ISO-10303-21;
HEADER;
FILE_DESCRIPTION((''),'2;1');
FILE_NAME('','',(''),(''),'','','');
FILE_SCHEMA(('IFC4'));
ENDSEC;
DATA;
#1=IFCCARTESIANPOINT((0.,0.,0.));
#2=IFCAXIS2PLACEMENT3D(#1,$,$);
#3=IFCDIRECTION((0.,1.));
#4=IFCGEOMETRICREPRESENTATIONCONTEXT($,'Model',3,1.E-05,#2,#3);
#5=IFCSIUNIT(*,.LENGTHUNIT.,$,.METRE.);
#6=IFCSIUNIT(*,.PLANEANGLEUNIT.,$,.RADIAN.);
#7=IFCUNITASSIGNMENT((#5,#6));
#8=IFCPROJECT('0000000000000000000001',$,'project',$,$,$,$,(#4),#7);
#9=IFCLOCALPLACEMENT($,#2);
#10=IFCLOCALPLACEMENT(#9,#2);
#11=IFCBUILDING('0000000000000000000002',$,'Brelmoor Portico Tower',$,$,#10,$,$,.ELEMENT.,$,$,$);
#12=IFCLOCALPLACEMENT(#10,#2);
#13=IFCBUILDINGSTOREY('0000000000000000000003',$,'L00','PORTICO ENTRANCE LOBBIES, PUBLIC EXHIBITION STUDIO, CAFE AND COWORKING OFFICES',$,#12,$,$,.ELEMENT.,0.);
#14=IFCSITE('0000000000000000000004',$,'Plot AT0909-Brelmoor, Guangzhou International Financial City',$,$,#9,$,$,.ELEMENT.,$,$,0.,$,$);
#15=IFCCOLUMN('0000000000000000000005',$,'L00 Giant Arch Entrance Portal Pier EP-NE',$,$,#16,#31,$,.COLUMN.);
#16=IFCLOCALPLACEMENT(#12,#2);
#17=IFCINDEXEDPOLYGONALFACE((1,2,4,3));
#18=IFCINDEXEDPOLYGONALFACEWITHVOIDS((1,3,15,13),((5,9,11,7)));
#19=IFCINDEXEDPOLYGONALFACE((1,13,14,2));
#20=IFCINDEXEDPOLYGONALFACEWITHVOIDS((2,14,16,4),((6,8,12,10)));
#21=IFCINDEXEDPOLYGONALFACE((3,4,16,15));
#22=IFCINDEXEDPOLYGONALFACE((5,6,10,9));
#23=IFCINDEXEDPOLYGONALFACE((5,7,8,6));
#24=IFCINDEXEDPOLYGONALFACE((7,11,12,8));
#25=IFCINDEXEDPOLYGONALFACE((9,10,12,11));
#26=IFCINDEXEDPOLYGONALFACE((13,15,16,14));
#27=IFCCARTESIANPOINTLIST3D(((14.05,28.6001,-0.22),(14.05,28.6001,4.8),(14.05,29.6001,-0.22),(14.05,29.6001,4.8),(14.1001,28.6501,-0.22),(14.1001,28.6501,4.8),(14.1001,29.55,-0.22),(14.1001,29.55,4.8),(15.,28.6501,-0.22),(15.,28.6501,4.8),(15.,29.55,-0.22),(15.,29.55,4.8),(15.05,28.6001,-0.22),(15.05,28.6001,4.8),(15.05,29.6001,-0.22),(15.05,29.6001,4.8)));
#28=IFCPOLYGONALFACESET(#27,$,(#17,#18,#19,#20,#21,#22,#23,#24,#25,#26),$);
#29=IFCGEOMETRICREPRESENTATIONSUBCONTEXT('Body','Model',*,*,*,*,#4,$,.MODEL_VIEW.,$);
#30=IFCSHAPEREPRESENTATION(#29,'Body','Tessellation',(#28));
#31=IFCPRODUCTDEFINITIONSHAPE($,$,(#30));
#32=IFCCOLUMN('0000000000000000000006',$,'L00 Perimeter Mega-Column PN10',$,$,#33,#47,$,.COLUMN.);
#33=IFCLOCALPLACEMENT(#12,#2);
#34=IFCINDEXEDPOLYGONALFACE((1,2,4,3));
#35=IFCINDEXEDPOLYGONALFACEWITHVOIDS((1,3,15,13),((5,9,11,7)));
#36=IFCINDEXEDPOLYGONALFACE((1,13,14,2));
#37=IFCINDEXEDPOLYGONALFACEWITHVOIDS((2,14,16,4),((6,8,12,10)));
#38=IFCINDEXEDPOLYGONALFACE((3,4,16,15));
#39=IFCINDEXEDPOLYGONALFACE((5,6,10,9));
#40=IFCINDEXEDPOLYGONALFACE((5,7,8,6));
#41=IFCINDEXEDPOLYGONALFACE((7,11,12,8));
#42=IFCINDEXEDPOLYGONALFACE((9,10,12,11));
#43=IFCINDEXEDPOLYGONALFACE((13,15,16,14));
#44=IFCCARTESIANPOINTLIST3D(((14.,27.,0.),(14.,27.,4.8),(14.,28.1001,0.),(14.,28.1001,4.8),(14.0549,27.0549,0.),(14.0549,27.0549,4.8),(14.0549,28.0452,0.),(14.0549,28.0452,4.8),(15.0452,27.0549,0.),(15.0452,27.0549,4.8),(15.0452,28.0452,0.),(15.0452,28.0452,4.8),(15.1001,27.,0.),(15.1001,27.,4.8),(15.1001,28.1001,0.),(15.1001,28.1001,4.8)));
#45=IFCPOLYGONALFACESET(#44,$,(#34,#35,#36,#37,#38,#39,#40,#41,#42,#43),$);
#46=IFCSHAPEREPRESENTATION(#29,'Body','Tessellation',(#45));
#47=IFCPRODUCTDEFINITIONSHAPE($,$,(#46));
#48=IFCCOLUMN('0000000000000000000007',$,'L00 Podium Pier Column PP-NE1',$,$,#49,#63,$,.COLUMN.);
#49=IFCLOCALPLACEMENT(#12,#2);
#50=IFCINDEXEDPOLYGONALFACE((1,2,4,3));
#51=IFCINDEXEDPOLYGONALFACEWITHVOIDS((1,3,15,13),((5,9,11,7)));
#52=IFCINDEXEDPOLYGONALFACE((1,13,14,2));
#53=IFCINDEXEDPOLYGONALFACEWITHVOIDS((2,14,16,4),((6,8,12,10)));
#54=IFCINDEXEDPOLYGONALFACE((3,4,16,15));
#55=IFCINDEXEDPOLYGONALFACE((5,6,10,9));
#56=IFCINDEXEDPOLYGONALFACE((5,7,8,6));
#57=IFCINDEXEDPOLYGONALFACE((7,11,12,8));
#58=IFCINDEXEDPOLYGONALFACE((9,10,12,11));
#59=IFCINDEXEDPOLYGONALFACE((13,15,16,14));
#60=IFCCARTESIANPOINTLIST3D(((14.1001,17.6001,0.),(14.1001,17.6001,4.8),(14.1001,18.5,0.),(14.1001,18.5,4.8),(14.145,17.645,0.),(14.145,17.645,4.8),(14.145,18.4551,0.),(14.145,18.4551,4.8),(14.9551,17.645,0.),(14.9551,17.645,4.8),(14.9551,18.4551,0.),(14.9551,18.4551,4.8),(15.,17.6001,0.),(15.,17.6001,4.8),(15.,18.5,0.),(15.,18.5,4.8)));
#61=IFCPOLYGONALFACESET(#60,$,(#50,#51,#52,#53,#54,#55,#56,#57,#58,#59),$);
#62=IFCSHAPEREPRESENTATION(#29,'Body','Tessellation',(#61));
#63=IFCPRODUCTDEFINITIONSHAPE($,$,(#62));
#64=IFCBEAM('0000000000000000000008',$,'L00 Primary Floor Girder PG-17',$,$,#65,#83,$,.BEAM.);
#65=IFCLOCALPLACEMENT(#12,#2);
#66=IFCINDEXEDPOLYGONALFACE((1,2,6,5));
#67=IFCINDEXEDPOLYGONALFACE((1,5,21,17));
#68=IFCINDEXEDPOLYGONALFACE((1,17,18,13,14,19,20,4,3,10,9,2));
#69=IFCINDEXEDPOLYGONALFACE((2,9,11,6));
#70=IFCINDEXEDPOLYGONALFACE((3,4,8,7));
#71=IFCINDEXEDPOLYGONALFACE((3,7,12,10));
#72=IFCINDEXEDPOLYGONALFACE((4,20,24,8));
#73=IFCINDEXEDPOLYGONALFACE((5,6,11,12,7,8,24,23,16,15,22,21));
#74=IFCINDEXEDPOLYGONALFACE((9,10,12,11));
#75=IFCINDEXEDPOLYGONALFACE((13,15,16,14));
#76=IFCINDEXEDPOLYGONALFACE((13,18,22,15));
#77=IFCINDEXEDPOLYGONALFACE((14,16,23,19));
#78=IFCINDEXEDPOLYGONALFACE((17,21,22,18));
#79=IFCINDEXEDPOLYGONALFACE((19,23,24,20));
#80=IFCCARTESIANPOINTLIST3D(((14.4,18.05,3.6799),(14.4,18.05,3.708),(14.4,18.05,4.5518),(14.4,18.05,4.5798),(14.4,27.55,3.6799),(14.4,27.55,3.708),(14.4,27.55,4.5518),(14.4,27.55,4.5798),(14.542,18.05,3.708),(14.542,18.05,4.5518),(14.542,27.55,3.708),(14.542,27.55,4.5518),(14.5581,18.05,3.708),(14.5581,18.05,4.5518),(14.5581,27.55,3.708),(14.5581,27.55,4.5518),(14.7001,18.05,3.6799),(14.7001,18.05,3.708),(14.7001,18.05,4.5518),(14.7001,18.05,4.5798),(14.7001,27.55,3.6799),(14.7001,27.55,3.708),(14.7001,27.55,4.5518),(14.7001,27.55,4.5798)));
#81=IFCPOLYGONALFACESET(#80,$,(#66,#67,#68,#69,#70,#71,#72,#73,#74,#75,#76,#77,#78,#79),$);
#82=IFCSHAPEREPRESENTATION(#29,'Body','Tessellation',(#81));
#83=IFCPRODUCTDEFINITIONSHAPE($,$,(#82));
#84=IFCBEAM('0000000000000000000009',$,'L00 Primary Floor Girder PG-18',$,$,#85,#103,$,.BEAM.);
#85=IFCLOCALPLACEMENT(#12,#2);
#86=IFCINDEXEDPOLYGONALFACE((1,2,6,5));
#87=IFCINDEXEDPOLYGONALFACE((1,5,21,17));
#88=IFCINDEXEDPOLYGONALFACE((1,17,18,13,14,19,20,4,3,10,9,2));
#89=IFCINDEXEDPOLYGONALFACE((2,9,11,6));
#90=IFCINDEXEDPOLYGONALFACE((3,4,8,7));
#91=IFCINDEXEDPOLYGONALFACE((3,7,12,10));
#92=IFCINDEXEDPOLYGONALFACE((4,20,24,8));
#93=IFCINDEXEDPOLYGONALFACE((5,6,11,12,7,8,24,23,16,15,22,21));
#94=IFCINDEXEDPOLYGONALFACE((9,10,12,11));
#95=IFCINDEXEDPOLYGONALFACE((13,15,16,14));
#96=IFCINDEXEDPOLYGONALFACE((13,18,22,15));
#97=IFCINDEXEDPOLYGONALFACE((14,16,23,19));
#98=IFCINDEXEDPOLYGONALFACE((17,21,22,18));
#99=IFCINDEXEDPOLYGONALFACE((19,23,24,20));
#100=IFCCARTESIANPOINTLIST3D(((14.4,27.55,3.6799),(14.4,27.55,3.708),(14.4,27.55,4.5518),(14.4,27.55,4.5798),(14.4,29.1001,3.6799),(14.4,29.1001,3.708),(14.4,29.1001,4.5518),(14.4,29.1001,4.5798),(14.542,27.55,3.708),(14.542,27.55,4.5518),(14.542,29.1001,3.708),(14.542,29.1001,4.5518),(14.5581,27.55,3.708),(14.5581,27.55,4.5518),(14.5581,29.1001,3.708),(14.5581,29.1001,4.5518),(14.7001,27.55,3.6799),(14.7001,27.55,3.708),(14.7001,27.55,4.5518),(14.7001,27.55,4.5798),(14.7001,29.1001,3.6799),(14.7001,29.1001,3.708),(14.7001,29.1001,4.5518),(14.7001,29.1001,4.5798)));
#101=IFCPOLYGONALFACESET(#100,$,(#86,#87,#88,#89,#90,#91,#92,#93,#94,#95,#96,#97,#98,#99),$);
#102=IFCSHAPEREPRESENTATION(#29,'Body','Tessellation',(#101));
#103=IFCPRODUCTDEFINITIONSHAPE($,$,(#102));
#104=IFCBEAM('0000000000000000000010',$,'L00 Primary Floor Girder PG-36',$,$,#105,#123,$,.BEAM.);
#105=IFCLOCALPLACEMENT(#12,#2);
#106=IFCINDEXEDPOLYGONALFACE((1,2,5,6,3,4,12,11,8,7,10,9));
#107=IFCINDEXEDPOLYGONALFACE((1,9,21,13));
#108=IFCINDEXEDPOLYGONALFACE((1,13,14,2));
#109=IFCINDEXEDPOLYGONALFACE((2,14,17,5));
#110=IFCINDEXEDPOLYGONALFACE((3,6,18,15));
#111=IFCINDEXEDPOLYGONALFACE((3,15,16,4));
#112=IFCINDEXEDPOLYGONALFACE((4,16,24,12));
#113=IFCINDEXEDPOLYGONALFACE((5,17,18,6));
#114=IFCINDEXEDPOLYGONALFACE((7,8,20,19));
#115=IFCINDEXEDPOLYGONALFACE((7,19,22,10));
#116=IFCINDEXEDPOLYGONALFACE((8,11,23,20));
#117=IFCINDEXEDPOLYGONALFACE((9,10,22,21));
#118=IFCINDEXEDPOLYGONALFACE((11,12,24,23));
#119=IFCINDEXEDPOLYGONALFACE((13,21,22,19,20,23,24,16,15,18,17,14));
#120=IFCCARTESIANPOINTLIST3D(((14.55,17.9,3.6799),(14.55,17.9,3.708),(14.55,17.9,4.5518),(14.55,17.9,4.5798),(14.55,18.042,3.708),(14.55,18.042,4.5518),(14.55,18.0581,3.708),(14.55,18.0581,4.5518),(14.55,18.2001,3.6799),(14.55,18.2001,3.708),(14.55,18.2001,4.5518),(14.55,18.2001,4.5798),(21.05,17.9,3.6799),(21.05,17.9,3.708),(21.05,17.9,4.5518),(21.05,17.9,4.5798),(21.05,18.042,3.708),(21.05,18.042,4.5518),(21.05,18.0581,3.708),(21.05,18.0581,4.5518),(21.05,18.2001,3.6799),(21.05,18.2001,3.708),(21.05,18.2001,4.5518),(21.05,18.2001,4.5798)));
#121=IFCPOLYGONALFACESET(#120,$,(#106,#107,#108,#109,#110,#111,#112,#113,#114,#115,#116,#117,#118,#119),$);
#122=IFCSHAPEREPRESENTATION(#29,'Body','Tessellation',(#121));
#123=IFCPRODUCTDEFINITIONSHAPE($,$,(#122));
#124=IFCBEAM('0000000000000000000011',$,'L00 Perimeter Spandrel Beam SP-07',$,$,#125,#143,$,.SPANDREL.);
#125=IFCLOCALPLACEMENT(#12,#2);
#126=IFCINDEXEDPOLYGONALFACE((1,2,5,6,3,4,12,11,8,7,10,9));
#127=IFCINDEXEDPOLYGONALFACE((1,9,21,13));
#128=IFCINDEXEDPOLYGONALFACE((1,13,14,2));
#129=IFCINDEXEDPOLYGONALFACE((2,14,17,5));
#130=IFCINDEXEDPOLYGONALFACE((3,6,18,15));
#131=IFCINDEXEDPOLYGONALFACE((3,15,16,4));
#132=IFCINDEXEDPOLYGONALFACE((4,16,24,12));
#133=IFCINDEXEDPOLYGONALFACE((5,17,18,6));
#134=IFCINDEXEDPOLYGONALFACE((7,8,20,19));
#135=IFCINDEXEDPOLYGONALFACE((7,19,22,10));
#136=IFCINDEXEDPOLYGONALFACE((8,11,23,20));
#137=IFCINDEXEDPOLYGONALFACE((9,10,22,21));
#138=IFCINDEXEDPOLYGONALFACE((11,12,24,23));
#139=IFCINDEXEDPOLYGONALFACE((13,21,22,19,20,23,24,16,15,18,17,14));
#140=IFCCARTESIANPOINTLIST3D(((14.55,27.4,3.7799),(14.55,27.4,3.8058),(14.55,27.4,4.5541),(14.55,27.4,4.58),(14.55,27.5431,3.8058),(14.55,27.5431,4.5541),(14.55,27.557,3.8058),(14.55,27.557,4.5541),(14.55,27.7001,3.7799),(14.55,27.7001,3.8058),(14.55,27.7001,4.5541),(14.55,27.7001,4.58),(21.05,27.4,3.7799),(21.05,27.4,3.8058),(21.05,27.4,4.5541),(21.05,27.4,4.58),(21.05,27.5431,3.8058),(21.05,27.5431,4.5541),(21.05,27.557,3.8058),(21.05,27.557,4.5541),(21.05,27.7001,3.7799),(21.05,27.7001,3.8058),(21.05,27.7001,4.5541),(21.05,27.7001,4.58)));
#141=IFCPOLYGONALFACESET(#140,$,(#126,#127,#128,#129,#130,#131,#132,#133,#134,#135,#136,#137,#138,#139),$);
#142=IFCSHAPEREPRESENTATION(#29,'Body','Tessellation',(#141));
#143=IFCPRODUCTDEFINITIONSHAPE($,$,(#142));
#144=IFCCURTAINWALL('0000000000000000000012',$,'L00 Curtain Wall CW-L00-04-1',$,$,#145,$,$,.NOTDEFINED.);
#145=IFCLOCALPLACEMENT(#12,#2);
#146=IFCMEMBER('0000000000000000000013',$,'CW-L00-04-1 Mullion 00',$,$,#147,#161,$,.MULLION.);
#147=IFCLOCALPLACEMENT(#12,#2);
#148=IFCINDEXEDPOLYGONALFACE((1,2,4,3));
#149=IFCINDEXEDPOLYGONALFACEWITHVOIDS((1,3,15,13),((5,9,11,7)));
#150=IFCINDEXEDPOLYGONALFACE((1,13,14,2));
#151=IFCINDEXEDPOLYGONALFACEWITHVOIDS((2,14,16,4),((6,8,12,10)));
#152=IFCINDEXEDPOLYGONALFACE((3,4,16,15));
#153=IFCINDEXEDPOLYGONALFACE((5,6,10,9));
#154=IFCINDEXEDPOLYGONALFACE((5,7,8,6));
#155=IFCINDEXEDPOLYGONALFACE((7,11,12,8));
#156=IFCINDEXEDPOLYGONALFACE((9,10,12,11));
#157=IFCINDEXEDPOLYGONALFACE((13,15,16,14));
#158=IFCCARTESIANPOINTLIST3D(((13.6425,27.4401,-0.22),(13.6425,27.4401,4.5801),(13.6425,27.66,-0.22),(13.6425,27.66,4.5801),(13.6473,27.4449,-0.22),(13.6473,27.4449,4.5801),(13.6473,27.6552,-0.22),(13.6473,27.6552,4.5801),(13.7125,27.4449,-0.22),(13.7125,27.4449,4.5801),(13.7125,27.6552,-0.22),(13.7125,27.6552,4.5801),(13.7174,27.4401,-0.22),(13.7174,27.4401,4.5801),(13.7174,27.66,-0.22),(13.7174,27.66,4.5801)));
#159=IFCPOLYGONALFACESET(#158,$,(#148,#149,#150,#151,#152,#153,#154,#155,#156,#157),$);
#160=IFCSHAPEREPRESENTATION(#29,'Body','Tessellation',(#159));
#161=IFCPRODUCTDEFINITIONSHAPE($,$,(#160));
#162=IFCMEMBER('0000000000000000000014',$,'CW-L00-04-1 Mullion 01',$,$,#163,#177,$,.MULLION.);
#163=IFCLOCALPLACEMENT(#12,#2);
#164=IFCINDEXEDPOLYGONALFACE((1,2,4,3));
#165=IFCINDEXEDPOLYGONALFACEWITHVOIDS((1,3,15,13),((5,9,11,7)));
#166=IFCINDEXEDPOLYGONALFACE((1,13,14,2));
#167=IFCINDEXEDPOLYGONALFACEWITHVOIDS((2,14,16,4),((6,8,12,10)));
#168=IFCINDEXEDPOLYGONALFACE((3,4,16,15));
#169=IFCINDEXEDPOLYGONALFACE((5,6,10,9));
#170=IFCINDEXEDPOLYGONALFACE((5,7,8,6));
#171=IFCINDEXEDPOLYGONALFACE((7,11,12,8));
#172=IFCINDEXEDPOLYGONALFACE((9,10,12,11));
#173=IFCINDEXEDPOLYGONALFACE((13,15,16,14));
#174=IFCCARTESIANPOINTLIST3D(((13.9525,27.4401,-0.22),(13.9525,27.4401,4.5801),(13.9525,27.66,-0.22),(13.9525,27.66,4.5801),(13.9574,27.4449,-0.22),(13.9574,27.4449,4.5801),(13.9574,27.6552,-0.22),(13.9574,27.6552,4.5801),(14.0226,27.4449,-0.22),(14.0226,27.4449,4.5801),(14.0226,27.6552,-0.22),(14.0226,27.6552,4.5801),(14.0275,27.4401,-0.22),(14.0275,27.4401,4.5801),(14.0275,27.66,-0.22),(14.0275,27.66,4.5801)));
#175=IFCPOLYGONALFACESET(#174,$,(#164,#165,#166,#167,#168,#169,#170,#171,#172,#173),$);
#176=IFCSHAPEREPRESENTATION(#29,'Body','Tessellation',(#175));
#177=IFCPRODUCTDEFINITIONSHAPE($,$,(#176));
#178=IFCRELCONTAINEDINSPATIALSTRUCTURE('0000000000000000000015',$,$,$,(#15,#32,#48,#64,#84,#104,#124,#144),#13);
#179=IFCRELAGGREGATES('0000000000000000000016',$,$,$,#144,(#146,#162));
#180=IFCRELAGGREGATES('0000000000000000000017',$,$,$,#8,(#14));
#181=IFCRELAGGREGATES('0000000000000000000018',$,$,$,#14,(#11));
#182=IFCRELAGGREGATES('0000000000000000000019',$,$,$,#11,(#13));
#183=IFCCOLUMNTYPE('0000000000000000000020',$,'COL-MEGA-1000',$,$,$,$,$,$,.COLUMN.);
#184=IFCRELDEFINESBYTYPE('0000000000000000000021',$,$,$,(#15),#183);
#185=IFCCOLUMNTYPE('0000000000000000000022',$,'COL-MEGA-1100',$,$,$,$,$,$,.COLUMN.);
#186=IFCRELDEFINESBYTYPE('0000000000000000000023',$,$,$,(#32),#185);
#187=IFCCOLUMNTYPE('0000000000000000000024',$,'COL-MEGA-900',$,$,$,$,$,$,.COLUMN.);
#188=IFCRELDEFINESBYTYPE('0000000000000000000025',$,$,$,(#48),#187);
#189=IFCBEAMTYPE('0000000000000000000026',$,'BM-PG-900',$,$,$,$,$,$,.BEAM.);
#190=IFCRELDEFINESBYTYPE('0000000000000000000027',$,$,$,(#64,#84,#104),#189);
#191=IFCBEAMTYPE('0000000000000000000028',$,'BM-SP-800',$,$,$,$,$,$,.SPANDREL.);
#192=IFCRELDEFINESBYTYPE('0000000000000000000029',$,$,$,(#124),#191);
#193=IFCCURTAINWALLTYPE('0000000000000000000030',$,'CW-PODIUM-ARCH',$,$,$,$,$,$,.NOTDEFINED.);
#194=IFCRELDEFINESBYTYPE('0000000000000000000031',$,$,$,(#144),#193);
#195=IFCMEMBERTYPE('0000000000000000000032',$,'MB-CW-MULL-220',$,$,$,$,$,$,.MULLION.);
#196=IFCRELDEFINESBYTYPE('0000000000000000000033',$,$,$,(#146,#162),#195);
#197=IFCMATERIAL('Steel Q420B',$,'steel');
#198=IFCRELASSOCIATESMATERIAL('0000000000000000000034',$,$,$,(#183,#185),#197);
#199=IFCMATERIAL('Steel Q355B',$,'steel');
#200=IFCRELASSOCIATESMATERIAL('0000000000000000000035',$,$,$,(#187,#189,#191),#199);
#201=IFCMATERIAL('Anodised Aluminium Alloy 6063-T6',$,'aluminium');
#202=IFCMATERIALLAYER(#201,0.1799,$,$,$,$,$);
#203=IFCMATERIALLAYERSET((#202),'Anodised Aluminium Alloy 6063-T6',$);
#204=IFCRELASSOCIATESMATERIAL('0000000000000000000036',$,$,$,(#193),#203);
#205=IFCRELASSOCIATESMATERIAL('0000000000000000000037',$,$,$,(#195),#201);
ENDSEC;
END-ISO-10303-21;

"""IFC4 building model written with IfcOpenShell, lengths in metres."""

from ifc_helpers import new_model, si_unit, direction, frame, origin, origin_2d, place, context, subcontext, project, spatial, hollow_rectangle, i_section, extrude, material, layer, layer_set, material_profile, profile_set, type_object, element, aggregate, save


model = new_model("IFC4")

# Units and contexts
model_context = context("Model", 3, precision=1e-05, world=origin(), true_north=direction((0.0, 1.0)))
body_context = subcontext(model_context, "Body", "Model", "MODEL_VIEW")
ifc_project = project(units=[si_unit("LENGTHUNIT", "METRE"), si_unit("PLANEANGLEUNIT", "RADIAN")], contexts=[model_context])

# Site, building, storey
site_placement = place(None, origin())
site = spatial("IfcSite", under=ifc_project, at=site_placement, Name="Plot AT0909-Brelmoor, Guangzhou International Financial City", CompositionType="ELEMENT", RefElevation=0.0)
building_placement = place(site_placement, origin())
building = spatial("IfcBuilding", under=site, at=building_placement, Name="Brelmoor Portico Tower", CompositionType="ELEMENT")
storey_placement = place(building_placement, origin())
storey = spatial("IfcBuildingStorey", under=building, at=storey_placement, Name="L00", Description="PORTICO ENTRANCE LOBBIES, PUBLIC EXHIBITION STUDIO, CAFE AND COWORKING OFFICES", CompositionType="ELEMENT", Elevation=0.0)

# Columns
ifc_material_1 = material(Name="Steel Q420B", Category="steel")
ifc_material_profile_1 = material_profile(ifc_material_1, hollow_rectangle(XDim=1.0, YDim=1.0, WallThickness=0.05, at=origin_2d()), Name="BOX 1000x1000x50")
ifc_profile_set_1 = profile_set([ifc_material_profile_1], Name="Steel Q420B")
column_type_1 = type_object("IfcColumnType", Name="COL-MEGA-1000", PredefinedType="COLUMN", material=ifc_profile_set_1)
column_1_placement = place(storey_placement, frame((14.55, 29.1001, -0.22), z_axis=(0.0, 0.0, 1.0), x_axis=(1.0, 0.0, 0.0)))
element("IfcColumn", 1, at=column_1_placement, inside=storey, type_object=column_type_1, Name="L00 Giant Arch Entrance Portal Pier EP-NE", PredefinedType="COLUMN", context=body_context, shape_type="SweptSolid", body=[
    extrude(hollow_rectangle(XDim=1.0, YDim=1.0, WallThickness=0.05, at=origin_2d()), origin(), (0.0, 0.0, 1.0), 5.02),
])
ifc_material_profile_2 = material_profile(ifc_material_1, hollow_rectangle(XDim=1.1001, YDim=1.1001, WallThickness=0.0549, at=origin_2d()), Name="BOX 1100x1100x55")
ifc_profile_set_2 = profile_set([ifc_material_profile_2], Name="Steel Q420B")
column_type_2 = type_object("IfcColumnType", Name="COL-MEGA-1100", PredefinedType="COLUMN", material=ifc_profile_set_2)
column_2_placement = place(storey_placement, frame((14.55, 27.55, 0.0), z_axis=(0.0, 0.0, 1.0), x_axis=(1.0, 0.0, 0.0)))
element("IfcColumn", 2, at=column_2_placement, inside=storey, type_object=column_type_2, Name="L00 Perimeter Mega-Column PN10", PredefinedType="COLUMN", context=body_context, shape_type="SweptSolid", body=[
    extrude(hollow_rectangle(XDim=1.1001, YDim=1.1001, WallThickness=0.0549, at=origin_2d()), origin(), (0.0, 0.0, 1.0), 4.8),
])
ifc_material_2 = material(Name="Steel Q355B", Category="steel")
ifc_material_profile_3 = material_profile(ifc_material_2, hollow_rectangle(XDim=0.8999, YDim=0.8999, WallThickness=0.0449, at=origin_2d()), Name="BOX 900x900x45")
ifc_profile_set_3 = profile_set([ifc_material_profile_3], Name="Steel Q355B")
column_type_3 = type_object("IfcColumnType", Name="COL-MEGA-900", PredefinedType="COLUMN", material=ifc_profile_set_3)
column_3_placement = place(storey_placement, frame((14.55, 18.05, 0.0), z_axis=(0.0, 0.0, 1.0), x_axis=(1.0, 0.0, 0.0)))
element("IfcColumn", 3, at=column_3_placement, inside=storey, type_object=column_type_3, Name="L00 Podium Pier Column PP-NE1", PredefinedType="COLUMN", context=body_context, shape_type="SweptSolid", body=[
    extrude(hollow_rectangle(XDim=0.8999, YDim=0.8999, WallThickness=0.0449, at=origin_2d()), origin(), (0.0, 0.0, 1.0), 4.8),
])

# Beams
ifc_material_profile_4 = material_profile(ifc_material_2, i_section(OverallWidth=0.3, OverallDepth=0.8999, WebThickness=0.0161, FlangeThickness=0.0281, at=origin_2d()), Name="HN 900x300x16x28")
ifc_profile_set_4 = profile_set([ifc_material_profile_4], Name="Steel Q355B")
beam_type_1 = type_object("IfcBeamType", Name="BM-PG-900", PredefinedType="BEAM", material=ifc_profile_set_4)
beam_1_placement = place(storey_placement, frame((14.55, 18.05, 4.1299), z_axis=(0.0, 1.0, 0.0), x_axis=(-1.0, 0.0, 0.0)))
element("IfcBeam", 4, at=beam_1_placement, inside=storey, type_object=beam_type_1, Name="L00 Primary Floor Girder PG-17", PredefinedType="BEAM", context=body_context, shape_type="SweptSolid", body=[
    extrude(i_section(OverallWidth=0.3, OverallDepth=0.8999, WebThickness=0.0161, FlangeThickness=0.0281, at=origin_2d()), origin(), (0.0, 0.0, 1.0), 9.5),
])
beam_2_placement = place(storey_placement, frame((14.55, 27.55, 4.1299), z_axis=(0.0, 1.0, 0.0), x_axis=(-1.0, 0.0, 0.0)))
element("IfcBeam", 5, at=beam_2_placement, inside=storey, type_object=beam_type_1, Name="L00 Primary Floor Girder PG-18", PredefinedType="BEAM", context=body_context, shape_type="SweptSolid", body=[
    extrude(i_section(OverallWidth=0.3, OverallDepth=0.8999, WebThickness=0.0161, FlangeThickness=0.0281, at=origin_2d()), origin(), (0.0, 0.0, 1.0), 1.55),
])
beam_3_placement = place(storey_placement, frame((14.55, 18.05, 4.1299), z_axis=(1.0, 0.0, 0.0), x_axis=(0.0, 1.0, 0.0)))
element("IfcBeam", 6, at=beam_3_placement, inside=storey, type_object=beam_type_1, Name="L00 Primary Floor Girder PG-36", PredefinedType="BEAM", context=body_context, shape_type="SweptSolid", body=[
    extrude(i_section(OverallWidth=0.3, OverallDepth=0.8999, WebThickness=0.0161, FlangeThickness=0.0281, at=origin_2d()), origin(), (0.0, 0.0, 1.0), 6.5),
])
ifc_material_profile_5 = material_profile(ifc_material_2, i_section(OverallWidth=0.3, OverallDepth=0.8, WebThickness=0.0139, FlangeThickness=0.0259, at=origin_2d()), Name="HN 800x300x14x26")
ifc_profile_set_5 = profile_set([ifc_material_profile_5], Name="Steel Q355B")
beam_type_2 = type_object("IfcBeamType", Name="BM-SP-800", PredefinedType="SPANDREL", material=ifc_profile_set_5)
beam_4_placement = place(storey_placement, frame((14.55, 27.55, 4.1799), z_axis=(1.0, 0.0, 0.0), x_axis=(0.0, 1.0, 0.0)))
element("IfcBeam", 7, at=beam_4_placement, inside=storey, type_object=beam_type_2, Name="L00 Perimeter Spandrel Beam SP-07", PredefinedType="SPANDREL", context=body_context, shape_type="SweptSolid", body=[
    extrude(i_section(OverallWidth=0.3, OverallDepth=0.8, WebThickness=0.0139, FlangeThickness=0.0259, at=origin_2d()), origin(), (0.0, 0.0, 1.0), 6.5),
])

# Curtain wall, members
ifc_material_3 = material(Name="Anodised Aluminium Alloy 6063-T6", Category="aluminium")
ifc_layer_1 = layer(ifc_material_3, 0.1799)
ifc_layer_set_1 = layer_set([ifc_layer_1], Name="Anodised Aluminium Alloy 6063-T6")
curtain_wall_type = type_object("IfcCurtainWallType", Name="CW-PODIUM-ARCH", PredefinedType="NOTDEFINED", material=ifc_layer_set_1)
curtain_wall_1_placement = place(storey_placement, origin())
curtain_wall_1 = element("IfcCurtainWall", 8, at=curtain_wall_1_placement, inside=storey, type_object=curtain_wall_type, Name="L00 Curtain Wall CW-L00-04-1", PredefinedType="NOTDEFINED")
ifc_material_profile_6 = material_profile(ifc_material_3, hollow_rectangle(XDim=0.075, YDim=0.22, WallThickness=0.0049, at=origin_2d()), Name="ALU MULLION 75x220")
ifc_profile_set_6 = profile_set([ifc_material_profile_6], Name="Anodised Aluminium Alloy 6063-T6")
member_type_1 = type_object("IfcMemberType", Name="MB-CW-MULL-220", PredefinedType="MULLION", material=ifc_profile_set_6)
member_1_placement = place(storey_placement, frame((13.6799, 27.55, -0.22), z_axis=(0.0, 0.0, 1.0), x_axis=(1.0, 0.0, 0.0)))
member_1 = element("IfcMember", 9, at=member_1_placement, type_object=member_type_1, Name="CW-L00-04-1 Mullion 00", PredefinedType="MULLION", context=body_context, shape_type="SweptSolid", body=[
    extrude(hollow_rectangle(XDim=0.075, YDim=0.22, WallThickness=0.0049, at=origin_2d()), origin(), (0.0, 0.0, 1.0), 4.8),
])
member_2_placement = place(storey_placement, frame((13.99, 27.55, -0.22), z_axis=(0.0, 0.0, 1.0), x_axis=(1.0, 0.0, 0.0)))
member_2 = element("IfcMember", 10, at=member_2_placement, type_object=member_type_1, Name="CW-L00-04-1 Mullion 01", PredefinedType="MULLION", context=body_context, shape_type="SweptSolid", body=[
    extrude(hollow_rectangle(XDim=0.075, YDim=0.22, WallThickness=0.0049, at=origin_2d()), origin(), (0.0, 0.0, 1.0), 4.8),
])

aggregate(curtain_wall_1, [member_1, member_2])

save(model, "model.ifc")
